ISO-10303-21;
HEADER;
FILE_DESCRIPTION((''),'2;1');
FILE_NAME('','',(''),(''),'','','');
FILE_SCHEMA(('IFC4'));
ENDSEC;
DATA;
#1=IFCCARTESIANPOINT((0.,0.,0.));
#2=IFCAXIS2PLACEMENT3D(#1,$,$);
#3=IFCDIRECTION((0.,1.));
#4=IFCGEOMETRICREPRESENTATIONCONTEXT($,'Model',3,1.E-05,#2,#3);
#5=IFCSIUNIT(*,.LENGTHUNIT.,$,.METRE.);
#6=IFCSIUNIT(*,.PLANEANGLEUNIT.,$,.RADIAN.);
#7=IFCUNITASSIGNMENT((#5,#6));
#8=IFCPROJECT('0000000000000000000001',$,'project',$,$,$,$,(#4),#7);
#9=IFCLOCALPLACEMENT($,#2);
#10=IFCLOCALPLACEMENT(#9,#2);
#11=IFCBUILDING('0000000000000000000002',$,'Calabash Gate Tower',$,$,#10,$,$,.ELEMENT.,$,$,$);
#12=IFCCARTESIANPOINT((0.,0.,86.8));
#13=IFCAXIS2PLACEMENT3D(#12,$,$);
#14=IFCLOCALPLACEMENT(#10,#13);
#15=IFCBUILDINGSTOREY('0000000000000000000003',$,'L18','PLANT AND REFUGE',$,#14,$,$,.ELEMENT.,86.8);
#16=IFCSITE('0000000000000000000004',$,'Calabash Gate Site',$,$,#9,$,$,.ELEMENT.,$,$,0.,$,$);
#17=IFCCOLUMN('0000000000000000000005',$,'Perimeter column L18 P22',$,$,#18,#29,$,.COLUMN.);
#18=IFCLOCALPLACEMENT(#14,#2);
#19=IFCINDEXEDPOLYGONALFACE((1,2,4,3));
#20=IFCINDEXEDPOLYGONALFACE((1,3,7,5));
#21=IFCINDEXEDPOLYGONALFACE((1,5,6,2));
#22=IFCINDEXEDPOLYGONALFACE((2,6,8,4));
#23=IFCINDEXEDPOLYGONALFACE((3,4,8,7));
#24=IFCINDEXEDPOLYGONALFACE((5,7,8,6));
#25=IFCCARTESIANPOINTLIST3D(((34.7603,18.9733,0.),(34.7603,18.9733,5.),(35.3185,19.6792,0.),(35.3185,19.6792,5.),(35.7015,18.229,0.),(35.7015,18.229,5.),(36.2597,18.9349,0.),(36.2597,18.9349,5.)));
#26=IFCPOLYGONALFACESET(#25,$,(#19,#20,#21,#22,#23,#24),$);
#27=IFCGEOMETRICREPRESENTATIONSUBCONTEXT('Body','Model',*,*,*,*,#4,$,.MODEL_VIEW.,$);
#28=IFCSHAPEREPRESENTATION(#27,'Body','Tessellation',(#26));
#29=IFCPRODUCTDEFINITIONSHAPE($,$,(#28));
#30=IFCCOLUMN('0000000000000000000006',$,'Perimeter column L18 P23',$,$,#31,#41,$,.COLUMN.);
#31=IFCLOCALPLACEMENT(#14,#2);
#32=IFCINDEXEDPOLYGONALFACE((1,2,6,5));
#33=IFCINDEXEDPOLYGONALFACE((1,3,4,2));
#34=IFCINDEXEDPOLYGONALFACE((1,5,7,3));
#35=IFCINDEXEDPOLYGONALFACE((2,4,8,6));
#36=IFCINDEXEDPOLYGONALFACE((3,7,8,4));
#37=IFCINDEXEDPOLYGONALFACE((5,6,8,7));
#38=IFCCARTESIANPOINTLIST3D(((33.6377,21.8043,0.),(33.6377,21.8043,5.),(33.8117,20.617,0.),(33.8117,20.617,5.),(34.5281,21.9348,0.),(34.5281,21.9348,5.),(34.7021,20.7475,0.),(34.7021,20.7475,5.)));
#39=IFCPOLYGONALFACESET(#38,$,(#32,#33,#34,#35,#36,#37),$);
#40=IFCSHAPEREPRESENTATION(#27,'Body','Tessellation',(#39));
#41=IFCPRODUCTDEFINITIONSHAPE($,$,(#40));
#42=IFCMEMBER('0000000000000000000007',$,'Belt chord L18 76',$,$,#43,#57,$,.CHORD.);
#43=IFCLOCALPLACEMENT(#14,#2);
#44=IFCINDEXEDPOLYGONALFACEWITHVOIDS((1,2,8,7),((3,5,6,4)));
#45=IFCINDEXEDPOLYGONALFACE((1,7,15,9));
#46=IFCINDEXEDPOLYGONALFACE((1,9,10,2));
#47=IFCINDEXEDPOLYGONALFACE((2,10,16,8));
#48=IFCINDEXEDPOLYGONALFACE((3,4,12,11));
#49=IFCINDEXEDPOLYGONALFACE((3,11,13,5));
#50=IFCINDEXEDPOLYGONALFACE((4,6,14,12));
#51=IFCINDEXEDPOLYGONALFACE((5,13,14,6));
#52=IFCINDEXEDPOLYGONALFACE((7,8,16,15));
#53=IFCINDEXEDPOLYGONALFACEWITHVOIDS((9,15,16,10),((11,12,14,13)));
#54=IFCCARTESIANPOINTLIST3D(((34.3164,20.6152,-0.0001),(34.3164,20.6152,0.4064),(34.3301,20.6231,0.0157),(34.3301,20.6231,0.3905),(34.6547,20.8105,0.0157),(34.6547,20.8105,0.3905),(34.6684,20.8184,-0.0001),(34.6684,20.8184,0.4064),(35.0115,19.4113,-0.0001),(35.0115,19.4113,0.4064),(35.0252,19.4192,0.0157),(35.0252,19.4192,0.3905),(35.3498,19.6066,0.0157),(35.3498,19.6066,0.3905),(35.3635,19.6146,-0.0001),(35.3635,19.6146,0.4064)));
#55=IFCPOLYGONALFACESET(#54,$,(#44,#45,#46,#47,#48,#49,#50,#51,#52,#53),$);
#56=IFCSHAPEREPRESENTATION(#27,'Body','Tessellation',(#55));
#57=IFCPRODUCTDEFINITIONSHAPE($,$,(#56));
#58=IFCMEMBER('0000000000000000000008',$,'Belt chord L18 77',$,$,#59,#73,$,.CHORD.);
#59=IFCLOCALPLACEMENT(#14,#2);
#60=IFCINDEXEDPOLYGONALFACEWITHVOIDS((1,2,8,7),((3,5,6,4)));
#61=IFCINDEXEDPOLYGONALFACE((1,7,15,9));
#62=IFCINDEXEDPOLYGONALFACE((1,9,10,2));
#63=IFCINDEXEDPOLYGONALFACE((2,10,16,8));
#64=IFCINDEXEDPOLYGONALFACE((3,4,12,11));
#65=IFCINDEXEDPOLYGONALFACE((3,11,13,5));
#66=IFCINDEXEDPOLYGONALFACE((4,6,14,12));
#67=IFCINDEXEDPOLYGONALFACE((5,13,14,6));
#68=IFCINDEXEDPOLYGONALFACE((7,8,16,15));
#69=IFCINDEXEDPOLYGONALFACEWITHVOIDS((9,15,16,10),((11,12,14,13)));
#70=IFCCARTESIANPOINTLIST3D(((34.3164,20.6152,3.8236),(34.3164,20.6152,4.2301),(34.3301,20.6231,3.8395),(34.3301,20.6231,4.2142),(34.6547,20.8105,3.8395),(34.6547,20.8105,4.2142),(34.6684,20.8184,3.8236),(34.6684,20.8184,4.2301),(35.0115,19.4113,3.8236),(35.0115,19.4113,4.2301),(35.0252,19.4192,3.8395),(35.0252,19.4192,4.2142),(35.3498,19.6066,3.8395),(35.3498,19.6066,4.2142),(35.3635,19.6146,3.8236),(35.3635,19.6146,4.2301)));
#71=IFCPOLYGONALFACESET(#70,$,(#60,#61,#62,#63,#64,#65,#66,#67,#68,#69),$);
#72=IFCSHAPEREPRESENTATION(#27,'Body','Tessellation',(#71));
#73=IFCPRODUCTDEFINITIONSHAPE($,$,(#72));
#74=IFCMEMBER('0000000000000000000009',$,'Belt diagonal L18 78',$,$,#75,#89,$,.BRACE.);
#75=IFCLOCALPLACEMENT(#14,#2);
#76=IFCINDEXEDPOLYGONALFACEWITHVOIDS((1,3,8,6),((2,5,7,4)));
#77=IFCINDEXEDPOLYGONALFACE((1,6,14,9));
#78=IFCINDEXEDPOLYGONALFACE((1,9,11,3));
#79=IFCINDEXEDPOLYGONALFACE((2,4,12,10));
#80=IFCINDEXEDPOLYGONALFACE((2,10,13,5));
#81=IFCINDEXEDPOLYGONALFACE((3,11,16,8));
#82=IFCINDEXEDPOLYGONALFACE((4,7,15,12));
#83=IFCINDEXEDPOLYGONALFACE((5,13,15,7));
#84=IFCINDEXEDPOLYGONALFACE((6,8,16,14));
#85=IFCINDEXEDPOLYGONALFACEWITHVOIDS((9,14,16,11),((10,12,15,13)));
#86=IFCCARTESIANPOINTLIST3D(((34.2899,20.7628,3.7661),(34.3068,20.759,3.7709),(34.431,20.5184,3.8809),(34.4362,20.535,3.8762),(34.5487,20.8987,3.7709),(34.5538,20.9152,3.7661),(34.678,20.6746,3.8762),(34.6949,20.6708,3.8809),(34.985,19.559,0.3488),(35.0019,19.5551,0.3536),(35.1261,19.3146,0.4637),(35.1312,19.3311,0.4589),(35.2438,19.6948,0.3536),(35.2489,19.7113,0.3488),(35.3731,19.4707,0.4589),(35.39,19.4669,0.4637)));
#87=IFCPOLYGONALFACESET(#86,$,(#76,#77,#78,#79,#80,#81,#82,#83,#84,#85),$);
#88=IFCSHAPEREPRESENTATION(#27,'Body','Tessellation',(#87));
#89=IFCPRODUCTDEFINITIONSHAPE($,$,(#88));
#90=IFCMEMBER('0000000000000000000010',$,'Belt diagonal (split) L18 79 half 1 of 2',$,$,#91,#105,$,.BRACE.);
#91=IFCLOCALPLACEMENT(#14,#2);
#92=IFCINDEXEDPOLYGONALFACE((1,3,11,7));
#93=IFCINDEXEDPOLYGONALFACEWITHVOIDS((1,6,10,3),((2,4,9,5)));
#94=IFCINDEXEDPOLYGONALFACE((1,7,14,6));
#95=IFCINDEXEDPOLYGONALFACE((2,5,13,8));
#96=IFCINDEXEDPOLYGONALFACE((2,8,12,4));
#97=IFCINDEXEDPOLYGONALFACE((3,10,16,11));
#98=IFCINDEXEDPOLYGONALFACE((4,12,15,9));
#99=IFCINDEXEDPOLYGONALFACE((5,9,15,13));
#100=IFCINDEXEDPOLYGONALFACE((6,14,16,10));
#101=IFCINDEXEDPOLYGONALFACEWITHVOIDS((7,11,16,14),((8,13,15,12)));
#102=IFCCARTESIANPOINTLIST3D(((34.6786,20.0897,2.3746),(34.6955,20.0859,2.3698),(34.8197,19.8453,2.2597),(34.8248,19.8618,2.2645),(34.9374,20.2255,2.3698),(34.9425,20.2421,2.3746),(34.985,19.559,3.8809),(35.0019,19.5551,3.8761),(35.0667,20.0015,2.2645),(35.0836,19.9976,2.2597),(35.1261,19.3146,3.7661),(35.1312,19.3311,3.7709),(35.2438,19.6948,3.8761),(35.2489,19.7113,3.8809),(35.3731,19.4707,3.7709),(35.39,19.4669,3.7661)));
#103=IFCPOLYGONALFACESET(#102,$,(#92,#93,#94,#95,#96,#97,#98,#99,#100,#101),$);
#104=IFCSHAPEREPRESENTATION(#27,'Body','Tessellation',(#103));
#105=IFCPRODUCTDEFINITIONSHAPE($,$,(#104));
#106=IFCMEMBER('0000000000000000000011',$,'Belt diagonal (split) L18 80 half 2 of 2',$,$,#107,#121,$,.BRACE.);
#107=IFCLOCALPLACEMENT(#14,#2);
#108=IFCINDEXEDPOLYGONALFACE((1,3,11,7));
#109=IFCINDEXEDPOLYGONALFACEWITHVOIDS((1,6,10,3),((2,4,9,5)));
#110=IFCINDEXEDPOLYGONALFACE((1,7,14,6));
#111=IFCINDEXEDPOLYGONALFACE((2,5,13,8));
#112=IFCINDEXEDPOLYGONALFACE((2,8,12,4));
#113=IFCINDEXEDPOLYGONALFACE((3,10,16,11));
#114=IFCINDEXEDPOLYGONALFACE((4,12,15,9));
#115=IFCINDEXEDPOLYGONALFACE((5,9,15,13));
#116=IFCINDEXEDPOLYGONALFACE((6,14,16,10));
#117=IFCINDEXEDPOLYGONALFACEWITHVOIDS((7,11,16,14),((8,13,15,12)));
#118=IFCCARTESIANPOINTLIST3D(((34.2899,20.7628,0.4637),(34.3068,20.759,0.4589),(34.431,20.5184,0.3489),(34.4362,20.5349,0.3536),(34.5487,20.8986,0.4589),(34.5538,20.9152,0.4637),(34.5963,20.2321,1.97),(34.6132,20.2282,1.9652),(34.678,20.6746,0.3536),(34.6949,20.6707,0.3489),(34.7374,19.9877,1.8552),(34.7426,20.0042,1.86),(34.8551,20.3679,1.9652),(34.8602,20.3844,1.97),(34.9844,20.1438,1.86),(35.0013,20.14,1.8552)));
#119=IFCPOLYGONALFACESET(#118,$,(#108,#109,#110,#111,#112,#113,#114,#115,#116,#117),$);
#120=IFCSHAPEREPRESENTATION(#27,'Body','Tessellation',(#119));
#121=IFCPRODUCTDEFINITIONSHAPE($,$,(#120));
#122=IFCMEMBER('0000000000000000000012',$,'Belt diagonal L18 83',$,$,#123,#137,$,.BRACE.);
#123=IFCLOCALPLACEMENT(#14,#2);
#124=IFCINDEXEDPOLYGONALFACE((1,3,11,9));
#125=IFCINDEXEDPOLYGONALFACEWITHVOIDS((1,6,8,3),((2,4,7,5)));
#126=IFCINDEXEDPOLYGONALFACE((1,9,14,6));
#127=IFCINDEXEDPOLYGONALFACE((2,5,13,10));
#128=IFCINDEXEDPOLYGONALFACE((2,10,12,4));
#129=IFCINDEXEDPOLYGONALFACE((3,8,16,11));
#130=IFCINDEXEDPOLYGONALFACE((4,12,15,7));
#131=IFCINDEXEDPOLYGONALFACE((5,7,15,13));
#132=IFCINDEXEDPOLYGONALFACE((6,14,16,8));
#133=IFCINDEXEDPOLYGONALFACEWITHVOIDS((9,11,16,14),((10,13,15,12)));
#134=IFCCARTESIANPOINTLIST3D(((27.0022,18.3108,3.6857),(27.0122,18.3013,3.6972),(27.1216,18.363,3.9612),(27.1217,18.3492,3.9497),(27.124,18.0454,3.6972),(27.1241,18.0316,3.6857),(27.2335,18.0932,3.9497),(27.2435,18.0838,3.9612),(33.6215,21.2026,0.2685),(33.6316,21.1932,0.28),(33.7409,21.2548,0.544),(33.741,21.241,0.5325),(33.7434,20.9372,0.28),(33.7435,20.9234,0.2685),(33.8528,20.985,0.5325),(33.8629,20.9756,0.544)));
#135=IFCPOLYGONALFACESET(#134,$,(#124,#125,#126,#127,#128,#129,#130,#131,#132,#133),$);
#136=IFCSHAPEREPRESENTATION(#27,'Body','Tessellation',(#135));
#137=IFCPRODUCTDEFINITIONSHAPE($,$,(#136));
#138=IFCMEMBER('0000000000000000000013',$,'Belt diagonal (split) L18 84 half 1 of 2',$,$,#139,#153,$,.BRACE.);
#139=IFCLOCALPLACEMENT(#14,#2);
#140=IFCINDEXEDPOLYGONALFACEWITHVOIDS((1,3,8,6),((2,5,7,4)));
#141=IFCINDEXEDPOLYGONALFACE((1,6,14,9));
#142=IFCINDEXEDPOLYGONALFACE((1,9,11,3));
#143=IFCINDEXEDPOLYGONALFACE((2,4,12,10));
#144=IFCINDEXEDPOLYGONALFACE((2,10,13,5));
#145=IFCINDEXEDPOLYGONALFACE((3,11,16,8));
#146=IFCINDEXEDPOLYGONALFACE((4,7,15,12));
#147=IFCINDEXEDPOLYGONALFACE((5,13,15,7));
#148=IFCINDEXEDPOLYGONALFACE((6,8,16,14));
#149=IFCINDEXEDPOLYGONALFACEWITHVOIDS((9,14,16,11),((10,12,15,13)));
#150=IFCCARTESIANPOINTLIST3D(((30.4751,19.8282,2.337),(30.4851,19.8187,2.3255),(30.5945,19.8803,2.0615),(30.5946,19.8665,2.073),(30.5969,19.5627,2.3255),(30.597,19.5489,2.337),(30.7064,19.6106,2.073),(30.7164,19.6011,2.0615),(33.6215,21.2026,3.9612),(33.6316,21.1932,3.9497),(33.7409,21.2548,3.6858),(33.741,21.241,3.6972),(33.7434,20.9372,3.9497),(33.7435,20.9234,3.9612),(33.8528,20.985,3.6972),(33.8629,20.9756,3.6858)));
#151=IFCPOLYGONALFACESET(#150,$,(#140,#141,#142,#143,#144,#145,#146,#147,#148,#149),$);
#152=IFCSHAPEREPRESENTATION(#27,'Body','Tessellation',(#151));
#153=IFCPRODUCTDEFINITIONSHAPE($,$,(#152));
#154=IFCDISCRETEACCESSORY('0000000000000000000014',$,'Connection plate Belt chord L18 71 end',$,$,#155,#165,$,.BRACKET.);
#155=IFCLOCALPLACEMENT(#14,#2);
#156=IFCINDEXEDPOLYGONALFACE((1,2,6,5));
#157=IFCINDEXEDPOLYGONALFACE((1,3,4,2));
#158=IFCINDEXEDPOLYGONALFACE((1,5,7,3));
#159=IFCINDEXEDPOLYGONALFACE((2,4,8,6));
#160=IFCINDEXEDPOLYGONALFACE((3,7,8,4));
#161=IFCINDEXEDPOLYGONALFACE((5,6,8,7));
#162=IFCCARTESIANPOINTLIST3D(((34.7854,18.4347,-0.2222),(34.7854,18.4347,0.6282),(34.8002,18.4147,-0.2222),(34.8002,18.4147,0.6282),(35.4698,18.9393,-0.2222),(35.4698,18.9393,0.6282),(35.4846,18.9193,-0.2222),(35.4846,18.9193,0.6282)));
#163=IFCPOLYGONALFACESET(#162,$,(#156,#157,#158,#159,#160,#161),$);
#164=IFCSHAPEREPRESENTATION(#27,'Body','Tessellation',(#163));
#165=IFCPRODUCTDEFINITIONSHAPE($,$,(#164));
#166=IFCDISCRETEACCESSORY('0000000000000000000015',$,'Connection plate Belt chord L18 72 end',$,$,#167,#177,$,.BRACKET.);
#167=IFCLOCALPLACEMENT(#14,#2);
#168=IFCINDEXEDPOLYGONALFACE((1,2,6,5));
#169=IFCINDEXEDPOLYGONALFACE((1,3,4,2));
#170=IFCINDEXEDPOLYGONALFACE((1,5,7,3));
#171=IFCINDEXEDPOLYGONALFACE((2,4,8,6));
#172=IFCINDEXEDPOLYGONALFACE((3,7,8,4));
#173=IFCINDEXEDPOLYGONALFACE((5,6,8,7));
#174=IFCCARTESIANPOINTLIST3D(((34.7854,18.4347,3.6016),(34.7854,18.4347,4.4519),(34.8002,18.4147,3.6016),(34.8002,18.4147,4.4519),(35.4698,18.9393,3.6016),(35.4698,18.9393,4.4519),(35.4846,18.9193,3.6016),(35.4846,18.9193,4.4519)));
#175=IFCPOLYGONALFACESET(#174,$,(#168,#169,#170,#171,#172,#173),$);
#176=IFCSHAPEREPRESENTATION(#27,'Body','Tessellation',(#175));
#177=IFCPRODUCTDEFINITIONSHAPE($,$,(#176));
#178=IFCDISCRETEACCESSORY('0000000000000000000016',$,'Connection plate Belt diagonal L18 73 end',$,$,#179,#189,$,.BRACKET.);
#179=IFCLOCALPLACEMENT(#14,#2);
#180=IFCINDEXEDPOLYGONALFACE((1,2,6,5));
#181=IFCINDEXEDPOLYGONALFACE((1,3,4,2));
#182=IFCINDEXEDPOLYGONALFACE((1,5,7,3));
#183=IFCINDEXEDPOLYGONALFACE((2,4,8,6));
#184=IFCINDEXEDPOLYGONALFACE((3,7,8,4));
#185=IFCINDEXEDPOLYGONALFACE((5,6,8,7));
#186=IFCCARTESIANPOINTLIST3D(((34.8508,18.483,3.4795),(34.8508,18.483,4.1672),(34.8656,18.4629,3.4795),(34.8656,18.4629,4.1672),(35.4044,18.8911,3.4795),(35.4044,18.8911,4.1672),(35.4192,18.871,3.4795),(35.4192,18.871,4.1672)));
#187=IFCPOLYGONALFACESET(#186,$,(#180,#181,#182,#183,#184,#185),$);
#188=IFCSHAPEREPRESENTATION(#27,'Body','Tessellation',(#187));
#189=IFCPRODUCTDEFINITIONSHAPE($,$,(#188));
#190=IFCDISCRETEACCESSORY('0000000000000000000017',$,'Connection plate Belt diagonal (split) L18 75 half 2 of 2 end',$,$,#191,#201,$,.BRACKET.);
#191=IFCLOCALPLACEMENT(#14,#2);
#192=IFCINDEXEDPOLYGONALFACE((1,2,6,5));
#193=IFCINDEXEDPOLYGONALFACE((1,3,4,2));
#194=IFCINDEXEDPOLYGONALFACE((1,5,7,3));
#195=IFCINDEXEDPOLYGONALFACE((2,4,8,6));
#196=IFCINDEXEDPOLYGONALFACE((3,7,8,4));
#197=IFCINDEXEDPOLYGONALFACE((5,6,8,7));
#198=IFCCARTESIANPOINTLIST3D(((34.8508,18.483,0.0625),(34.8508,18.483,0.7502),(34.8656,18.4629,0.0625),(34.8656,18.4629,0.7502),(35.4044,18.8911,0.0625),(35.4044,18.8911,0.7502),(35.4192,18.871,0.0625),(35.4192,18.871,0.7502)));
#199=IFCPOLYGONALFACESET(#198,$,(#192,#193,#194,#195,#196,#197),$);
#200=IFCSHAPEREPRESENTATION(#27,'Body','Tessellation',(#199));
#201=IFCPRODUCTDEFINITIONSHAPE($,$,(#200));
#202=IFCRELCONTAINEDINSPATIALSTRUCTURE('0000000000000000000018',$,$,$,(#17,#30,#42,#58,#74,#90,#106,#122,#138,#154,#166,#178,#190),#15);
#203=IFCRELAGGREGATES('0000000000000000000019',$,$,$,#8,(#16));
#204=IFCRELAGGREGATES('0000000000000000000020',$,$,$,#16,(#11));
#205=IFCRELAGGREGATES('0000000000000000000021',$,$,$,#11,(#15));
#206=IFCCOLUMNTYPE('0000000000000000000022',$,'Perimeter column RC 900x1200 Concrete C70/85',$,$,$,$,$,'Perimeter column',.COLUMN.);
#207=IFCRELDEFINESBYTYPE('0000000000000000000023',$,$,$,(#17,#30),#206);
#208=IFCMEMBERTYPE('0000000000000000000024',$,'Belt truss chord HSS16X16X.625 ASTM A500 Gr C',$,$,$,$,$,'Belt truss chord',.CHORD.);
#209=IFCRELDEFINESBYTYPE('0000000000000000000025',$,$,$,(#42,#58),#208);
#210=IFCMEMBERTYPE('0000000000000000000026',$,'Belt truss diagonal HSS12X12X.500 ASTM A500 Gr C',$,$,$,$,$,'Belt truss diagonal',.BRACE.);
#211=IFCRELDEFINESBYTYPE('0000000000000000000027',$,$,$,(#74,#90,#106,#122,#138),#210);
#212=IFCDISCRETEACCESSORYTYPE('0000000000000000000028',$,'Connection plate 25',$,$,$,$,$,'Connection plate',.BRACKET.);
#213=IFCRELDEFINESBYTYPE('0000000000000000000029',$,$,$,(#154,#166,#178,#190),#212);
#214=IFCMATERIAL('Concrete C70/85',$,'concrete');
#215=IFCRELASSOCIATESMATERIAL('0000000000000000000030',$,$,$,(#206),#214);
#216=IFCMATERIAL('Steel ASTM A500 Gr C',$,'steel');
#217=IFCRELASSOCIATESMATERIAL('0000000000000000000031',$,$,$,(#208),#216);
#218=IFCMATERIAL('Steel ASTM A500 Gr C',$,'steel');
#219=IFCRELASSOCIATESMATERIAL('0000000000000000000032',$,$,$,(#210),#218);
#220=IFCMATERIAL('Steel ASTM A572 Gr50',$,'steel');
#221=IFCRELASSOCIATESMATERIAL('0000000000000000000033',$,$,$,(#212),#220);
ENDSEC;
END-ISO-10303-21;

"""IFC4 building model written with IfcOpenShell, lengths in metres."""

from ifc_helpers import new_model, si_unit, direction, frame, origin, origin_2d, place, context, subcontext, project, spatial, rectangle, hollow_rectangle, extrude, material, material_profile, profile_set, type_object, element, save


model = new_model("IFC4")

# Units and contexts
model_context = context("Model", 3, precision=1e-05, world=origin(), true_north=direction((0.0, 1.0)))
body_context = subcontext(model_context, "Body", "Model", "MODEL_VIEW")
ifc_project = project(units=[si_unit("LENGTHUNIT", "METRE"), si_unit("PLANEANGLEUNIT", "RADIAN")], contexts=[model_context])

# Site, building, storey
site_placement = place(None, origin())
site = spatial("IfcSite", under=ifc_project, at=site_placement, Name="Calabash Gate Site", CompositionType="ELEMENT", RefElevation=0.0)
building_placement = place(site_placement, origin())
building = spatial("IfcBuilding", under=site, at=building_placement, Name="Calabash Gate Tower", CompositionType="ELEMENT")
storey_placement = place(building_placement, frame((0.0, 0.0, 86.8)))
storey = spatial("IfcBuildingStorey", under=building, at=storey_placement, Name="L18", Description="PLANT AND REFUGE", CompositionType="ELEMENT", Elevation=86.8)

# Columns
ifc_material_1 = material(Name="Concrete C70/85", Category="concrete")
ifc_material_profile_1 = material_profile(ifc_material_1, rectangle(XDim=0.8999, YDim=1.2, at=origin_2d()))
ifc_profile_set_1 = profile_set([ifc_material_profile_1], Name="Concrete C70/85")
column_type = type_object("IfcColumnType", Name="Perimeter column RC 900x1200 Concrete C70/85", ElementType="Perimeter column", PredefinedType="COLUMN", material=ifc_profile_set_1)
for number, where, z_axis, x_axis, name in (
    (1, (35.51, 18.9541, 0.0), (0.0, 0.0, 1.0), (0.620301, 0.784364, 0.0), "Perimeter column L18 P22"),
    (2, (34.1699, 21.2759, 0.0), (0.0, 0.0, 1.0), (-0.98943, -0.145015, 0.0), "Perimeter column L18 P23"),
):
    element("IfcColumn", number, at=place(storey_placement, frame(where, z_axis=z_axis, x_axis=x_axis)), inside=storey, type_object=column_type, Name=name, PredefinedType="COLUMN", context=body_context, shape_type="SweptSolid", body=[
        extrude(rectangle(XDim=0.8999, YDim=1.2, at=origin_2d()), origin(), (0.0, 0.0, 1.0), 5.0),
    ])

# Members
ifc_material_2 = material(Name="Steel ASTM A500 Gr C", Category="steel")
ifc_material_profile_2 = material_profile(ifc_material_2, hollow_rectangle(XDim=0.4065, YDim=0.4065, WallThickness=0.0159, at=origin_2d()))
ifc_profile_set_2 = profile_set([ifc_material_profile_2], Name="Steel ASTM A500 Gr C")
member_type_1 = type_object("IfcMemberType", Name="Belt truss chord HSS16X16X.625 ASTM A500 Gr C", ElementType="Belt truss chord", PredefinedType="CHORD", material=ifc_profile_set_2)
for number, where, z_axis, x_axis, name in (
    (3, (35.1875, 19.5129, 0.2031), (-0.500011, 0.866019, 0.0), (-0.866019, -0.500011, 0.0), "Belt chord L18 76"),
    (4, (35.1875, 19.5129, 4.0269), (-0.500011, 0.866019, 0.0), (-0.866019, -0.500011, 0.0), "Belt chord L18 77"),
):
    element("IfcMember", number, at=place(storey_placement, frame(where, z_axis=z_axis, x_axis=x_axis)), inside=storey, type_object=member_type_1, Name=name, PredefinedType="CHORD", context=body_context, shape_type="SweptSolid", body=[
        extrude(hollow_rectangle(XDim=0.4065, YDim=0.4065, WallThickness=0.0159, at=origin_2d()), origin(), (0.0, 0.0, 1.0), 1.3901),
    ])
ifc_material_3 = material(Name="Steel ASTM A500 Gr C", Category="steel")
ifc_material_profile_3 = material_profile(ifc_material_3, hollow_rectangle(XDim=0.3047, YDim=0.3047, WallThickness=0.0127, at=origin_2d()))
ifc_profile_set_3 = profile_set([ifc_material_profile_3], Name="Steel ASTM A500 Gr C")
member_type_2 = type_object("IfcMemberType", Name="Belt truss diagonal HSS12X12X.500 ASTM A500 Gr C", ElementType="Belt truss diagonal", PredefinedType="BRACE", material=ifc_profile_set_3)
member_1_placement = place(storey_placement, frame((35.1875, 19.5129, 0.4062), z_axis=(-0.188408, 0.326323, 0.926291), x_axis=(-0.866019, -0.500011, 0.0)))
element("IfcMember", 5, at=member_1_placement, inside=storey, type_object=member_type_2, Name="Belt diagonal L18 78", PredefinedType="BRACE", context=body_context, shape_type="SweptSolid", body=[
    extrude(hollow_rectangle(XDim=0.3047, YDim=0.3047, WallThickness=0.0127, at=origin_2d()), origin(), (0.0, 0.0, 1.0), 3.6892),
])
for number, where, z_axis, x_axis, name in (
    (6, (35.1875, 19.5129, 3.8235), (-0.188407, 0.326373, -0.926274), (-0.866053, -0.499952, 0.0), "Belt diagonal (split) L18 79 half 1 of 2"),
    (7, (34.7988, 20.186, 1.9126), (-0.188407, 0.326373, -0.926274), (-0.866053, -0.499952, 0.0), "Belt diagonal (split) L18 80 half 2 of 2"),
):
    element("IfcMember", number, at=place(storey_placement, frame(where, z_axis=z_axis, x_axis=x_axis)), inside=storey, type_object=member_type_2, Name=name, PredefinedType="BRACE", context=body_context, shape_type="SweptSolid", body=[
        extrude(hollow_rectangle(XDim=0.3047, YDim=0.3047, WallThickness=0.0127, at=origin_2d()), origin(), (0.0, 0.0, 1.0), 1.6262),
    ])
member_2_placement = place(storey_placement, frame((33.7422, 21.0891, 0.4062), z_axis=(-0.828352, -0.361887, 0.427634), x_axis=(0.400338, -0.916367, 0.0)))
element("IfcMember", 8, at=member_2_placement, inside=storey, type_object=member_type_2, Name="Belt diagonal L18 83", PredefinedType="BRACE", context=body_context, shape_type="SweptSolid", body=[
    extrude(hollow_rectangle(XDim=0.3047, YDim=0.3047, WallThickness=0.0127, at=origin_2d()), origin(), (0.0, 0.0, 1.0), 7.991),
])
member_3_placement = place(storey_placement, frame((33.7422, 21.0891, 3.8235), z_axis=(-0.82837, -0.361865, -0.427618), x_axis=(0.400311, -0.916379, 0.0)))
element("IfcMember", 9, at=member_3_placement, inside=storey, type_object=member_type_2, Name="Belt diagonal (split) L18 84 half 1 of 2", PredefinedType="BRACE", context=body_context, shape_type="SweptSolid", body=[
    extrude(hollow_rectangle(XDim=0.3047, YDim=0.3047, WallThickness=0.0127, at=origin_2d()), origin(), (0.0, 0.0, 1.0), 3.7983),
])

# Discrete accessories
ifc_material_4 = material(Name="Steel ASTM A572 Gr50", Category="steel")
discrete_accessory_type = type_object("IfcDiscreteAccessoryType", Name="Connection plate 25", ElementType="Connection plate", PredefinedType="BRACKET", material=ifc_material_4)
for number, where, z_axis, x_axis, name in (
    (10, (35.135, 18.677, -0.2222), (0.0, 0.0, 1.0), (0.80488, 0.593438, 0.0), "Connection plate Belt chord L18 71 end"),
    (11, (35.135, 18.677, 3.6016), (0.0, 0.0, 1.0), (0.80488, 0.593438, 0.0), "Connection plate Belt chord L18 72 end"),
):
    element("IfcDiscreteAccessory", number, at=place(storey_placement, frame(where, z_axis=z_axis, x_axis=x_axis)), inside=storey, type_object=discrete_accessory_type, Name=name, PredefinedType="BRACKET", context=body_context, shape_type="SweptSolid", body=[
        extrude(rectangle(XDim=0.8503, YDim=0.0249, at=origin_2d()), origin(), (0.0, 0.0, 1.0), 0.8503),
    ])
for number, where, z_axis, x_axis, name in (
    (12, (35.135, 18.677, 3.4795), (0.0, 0.0, 1.0), (0.80488, 0.593438, 0.0), "Connection plate Belt diagonal L18 73 end"),
    (13, (35.135, 18.677, 0.0625), (0.0, 0.0, 1.0), (0.80488, 0.593438, 0.0), "Connection plate Belt diagonal (split) L18 75 half 2 of 2 end"),
):
    element("IfcDiscreteAccessory", number, at=place(storey_placement, frame(where, z_axis=z_axis, x_axis=x_axis)), inside=storey, type_object=discrete_accessory_type, Name=name, PredefinedType="BRACKET", context=body_context, shape_type="SweptSolid", body=[
        extrude(rectangle(XDim=0.6877, YDim=0.0249, at=origin_2d()), origin(), (0.0, 0.0, 1.0), 0.6877),
    ])

save(model, "model.ifc")
